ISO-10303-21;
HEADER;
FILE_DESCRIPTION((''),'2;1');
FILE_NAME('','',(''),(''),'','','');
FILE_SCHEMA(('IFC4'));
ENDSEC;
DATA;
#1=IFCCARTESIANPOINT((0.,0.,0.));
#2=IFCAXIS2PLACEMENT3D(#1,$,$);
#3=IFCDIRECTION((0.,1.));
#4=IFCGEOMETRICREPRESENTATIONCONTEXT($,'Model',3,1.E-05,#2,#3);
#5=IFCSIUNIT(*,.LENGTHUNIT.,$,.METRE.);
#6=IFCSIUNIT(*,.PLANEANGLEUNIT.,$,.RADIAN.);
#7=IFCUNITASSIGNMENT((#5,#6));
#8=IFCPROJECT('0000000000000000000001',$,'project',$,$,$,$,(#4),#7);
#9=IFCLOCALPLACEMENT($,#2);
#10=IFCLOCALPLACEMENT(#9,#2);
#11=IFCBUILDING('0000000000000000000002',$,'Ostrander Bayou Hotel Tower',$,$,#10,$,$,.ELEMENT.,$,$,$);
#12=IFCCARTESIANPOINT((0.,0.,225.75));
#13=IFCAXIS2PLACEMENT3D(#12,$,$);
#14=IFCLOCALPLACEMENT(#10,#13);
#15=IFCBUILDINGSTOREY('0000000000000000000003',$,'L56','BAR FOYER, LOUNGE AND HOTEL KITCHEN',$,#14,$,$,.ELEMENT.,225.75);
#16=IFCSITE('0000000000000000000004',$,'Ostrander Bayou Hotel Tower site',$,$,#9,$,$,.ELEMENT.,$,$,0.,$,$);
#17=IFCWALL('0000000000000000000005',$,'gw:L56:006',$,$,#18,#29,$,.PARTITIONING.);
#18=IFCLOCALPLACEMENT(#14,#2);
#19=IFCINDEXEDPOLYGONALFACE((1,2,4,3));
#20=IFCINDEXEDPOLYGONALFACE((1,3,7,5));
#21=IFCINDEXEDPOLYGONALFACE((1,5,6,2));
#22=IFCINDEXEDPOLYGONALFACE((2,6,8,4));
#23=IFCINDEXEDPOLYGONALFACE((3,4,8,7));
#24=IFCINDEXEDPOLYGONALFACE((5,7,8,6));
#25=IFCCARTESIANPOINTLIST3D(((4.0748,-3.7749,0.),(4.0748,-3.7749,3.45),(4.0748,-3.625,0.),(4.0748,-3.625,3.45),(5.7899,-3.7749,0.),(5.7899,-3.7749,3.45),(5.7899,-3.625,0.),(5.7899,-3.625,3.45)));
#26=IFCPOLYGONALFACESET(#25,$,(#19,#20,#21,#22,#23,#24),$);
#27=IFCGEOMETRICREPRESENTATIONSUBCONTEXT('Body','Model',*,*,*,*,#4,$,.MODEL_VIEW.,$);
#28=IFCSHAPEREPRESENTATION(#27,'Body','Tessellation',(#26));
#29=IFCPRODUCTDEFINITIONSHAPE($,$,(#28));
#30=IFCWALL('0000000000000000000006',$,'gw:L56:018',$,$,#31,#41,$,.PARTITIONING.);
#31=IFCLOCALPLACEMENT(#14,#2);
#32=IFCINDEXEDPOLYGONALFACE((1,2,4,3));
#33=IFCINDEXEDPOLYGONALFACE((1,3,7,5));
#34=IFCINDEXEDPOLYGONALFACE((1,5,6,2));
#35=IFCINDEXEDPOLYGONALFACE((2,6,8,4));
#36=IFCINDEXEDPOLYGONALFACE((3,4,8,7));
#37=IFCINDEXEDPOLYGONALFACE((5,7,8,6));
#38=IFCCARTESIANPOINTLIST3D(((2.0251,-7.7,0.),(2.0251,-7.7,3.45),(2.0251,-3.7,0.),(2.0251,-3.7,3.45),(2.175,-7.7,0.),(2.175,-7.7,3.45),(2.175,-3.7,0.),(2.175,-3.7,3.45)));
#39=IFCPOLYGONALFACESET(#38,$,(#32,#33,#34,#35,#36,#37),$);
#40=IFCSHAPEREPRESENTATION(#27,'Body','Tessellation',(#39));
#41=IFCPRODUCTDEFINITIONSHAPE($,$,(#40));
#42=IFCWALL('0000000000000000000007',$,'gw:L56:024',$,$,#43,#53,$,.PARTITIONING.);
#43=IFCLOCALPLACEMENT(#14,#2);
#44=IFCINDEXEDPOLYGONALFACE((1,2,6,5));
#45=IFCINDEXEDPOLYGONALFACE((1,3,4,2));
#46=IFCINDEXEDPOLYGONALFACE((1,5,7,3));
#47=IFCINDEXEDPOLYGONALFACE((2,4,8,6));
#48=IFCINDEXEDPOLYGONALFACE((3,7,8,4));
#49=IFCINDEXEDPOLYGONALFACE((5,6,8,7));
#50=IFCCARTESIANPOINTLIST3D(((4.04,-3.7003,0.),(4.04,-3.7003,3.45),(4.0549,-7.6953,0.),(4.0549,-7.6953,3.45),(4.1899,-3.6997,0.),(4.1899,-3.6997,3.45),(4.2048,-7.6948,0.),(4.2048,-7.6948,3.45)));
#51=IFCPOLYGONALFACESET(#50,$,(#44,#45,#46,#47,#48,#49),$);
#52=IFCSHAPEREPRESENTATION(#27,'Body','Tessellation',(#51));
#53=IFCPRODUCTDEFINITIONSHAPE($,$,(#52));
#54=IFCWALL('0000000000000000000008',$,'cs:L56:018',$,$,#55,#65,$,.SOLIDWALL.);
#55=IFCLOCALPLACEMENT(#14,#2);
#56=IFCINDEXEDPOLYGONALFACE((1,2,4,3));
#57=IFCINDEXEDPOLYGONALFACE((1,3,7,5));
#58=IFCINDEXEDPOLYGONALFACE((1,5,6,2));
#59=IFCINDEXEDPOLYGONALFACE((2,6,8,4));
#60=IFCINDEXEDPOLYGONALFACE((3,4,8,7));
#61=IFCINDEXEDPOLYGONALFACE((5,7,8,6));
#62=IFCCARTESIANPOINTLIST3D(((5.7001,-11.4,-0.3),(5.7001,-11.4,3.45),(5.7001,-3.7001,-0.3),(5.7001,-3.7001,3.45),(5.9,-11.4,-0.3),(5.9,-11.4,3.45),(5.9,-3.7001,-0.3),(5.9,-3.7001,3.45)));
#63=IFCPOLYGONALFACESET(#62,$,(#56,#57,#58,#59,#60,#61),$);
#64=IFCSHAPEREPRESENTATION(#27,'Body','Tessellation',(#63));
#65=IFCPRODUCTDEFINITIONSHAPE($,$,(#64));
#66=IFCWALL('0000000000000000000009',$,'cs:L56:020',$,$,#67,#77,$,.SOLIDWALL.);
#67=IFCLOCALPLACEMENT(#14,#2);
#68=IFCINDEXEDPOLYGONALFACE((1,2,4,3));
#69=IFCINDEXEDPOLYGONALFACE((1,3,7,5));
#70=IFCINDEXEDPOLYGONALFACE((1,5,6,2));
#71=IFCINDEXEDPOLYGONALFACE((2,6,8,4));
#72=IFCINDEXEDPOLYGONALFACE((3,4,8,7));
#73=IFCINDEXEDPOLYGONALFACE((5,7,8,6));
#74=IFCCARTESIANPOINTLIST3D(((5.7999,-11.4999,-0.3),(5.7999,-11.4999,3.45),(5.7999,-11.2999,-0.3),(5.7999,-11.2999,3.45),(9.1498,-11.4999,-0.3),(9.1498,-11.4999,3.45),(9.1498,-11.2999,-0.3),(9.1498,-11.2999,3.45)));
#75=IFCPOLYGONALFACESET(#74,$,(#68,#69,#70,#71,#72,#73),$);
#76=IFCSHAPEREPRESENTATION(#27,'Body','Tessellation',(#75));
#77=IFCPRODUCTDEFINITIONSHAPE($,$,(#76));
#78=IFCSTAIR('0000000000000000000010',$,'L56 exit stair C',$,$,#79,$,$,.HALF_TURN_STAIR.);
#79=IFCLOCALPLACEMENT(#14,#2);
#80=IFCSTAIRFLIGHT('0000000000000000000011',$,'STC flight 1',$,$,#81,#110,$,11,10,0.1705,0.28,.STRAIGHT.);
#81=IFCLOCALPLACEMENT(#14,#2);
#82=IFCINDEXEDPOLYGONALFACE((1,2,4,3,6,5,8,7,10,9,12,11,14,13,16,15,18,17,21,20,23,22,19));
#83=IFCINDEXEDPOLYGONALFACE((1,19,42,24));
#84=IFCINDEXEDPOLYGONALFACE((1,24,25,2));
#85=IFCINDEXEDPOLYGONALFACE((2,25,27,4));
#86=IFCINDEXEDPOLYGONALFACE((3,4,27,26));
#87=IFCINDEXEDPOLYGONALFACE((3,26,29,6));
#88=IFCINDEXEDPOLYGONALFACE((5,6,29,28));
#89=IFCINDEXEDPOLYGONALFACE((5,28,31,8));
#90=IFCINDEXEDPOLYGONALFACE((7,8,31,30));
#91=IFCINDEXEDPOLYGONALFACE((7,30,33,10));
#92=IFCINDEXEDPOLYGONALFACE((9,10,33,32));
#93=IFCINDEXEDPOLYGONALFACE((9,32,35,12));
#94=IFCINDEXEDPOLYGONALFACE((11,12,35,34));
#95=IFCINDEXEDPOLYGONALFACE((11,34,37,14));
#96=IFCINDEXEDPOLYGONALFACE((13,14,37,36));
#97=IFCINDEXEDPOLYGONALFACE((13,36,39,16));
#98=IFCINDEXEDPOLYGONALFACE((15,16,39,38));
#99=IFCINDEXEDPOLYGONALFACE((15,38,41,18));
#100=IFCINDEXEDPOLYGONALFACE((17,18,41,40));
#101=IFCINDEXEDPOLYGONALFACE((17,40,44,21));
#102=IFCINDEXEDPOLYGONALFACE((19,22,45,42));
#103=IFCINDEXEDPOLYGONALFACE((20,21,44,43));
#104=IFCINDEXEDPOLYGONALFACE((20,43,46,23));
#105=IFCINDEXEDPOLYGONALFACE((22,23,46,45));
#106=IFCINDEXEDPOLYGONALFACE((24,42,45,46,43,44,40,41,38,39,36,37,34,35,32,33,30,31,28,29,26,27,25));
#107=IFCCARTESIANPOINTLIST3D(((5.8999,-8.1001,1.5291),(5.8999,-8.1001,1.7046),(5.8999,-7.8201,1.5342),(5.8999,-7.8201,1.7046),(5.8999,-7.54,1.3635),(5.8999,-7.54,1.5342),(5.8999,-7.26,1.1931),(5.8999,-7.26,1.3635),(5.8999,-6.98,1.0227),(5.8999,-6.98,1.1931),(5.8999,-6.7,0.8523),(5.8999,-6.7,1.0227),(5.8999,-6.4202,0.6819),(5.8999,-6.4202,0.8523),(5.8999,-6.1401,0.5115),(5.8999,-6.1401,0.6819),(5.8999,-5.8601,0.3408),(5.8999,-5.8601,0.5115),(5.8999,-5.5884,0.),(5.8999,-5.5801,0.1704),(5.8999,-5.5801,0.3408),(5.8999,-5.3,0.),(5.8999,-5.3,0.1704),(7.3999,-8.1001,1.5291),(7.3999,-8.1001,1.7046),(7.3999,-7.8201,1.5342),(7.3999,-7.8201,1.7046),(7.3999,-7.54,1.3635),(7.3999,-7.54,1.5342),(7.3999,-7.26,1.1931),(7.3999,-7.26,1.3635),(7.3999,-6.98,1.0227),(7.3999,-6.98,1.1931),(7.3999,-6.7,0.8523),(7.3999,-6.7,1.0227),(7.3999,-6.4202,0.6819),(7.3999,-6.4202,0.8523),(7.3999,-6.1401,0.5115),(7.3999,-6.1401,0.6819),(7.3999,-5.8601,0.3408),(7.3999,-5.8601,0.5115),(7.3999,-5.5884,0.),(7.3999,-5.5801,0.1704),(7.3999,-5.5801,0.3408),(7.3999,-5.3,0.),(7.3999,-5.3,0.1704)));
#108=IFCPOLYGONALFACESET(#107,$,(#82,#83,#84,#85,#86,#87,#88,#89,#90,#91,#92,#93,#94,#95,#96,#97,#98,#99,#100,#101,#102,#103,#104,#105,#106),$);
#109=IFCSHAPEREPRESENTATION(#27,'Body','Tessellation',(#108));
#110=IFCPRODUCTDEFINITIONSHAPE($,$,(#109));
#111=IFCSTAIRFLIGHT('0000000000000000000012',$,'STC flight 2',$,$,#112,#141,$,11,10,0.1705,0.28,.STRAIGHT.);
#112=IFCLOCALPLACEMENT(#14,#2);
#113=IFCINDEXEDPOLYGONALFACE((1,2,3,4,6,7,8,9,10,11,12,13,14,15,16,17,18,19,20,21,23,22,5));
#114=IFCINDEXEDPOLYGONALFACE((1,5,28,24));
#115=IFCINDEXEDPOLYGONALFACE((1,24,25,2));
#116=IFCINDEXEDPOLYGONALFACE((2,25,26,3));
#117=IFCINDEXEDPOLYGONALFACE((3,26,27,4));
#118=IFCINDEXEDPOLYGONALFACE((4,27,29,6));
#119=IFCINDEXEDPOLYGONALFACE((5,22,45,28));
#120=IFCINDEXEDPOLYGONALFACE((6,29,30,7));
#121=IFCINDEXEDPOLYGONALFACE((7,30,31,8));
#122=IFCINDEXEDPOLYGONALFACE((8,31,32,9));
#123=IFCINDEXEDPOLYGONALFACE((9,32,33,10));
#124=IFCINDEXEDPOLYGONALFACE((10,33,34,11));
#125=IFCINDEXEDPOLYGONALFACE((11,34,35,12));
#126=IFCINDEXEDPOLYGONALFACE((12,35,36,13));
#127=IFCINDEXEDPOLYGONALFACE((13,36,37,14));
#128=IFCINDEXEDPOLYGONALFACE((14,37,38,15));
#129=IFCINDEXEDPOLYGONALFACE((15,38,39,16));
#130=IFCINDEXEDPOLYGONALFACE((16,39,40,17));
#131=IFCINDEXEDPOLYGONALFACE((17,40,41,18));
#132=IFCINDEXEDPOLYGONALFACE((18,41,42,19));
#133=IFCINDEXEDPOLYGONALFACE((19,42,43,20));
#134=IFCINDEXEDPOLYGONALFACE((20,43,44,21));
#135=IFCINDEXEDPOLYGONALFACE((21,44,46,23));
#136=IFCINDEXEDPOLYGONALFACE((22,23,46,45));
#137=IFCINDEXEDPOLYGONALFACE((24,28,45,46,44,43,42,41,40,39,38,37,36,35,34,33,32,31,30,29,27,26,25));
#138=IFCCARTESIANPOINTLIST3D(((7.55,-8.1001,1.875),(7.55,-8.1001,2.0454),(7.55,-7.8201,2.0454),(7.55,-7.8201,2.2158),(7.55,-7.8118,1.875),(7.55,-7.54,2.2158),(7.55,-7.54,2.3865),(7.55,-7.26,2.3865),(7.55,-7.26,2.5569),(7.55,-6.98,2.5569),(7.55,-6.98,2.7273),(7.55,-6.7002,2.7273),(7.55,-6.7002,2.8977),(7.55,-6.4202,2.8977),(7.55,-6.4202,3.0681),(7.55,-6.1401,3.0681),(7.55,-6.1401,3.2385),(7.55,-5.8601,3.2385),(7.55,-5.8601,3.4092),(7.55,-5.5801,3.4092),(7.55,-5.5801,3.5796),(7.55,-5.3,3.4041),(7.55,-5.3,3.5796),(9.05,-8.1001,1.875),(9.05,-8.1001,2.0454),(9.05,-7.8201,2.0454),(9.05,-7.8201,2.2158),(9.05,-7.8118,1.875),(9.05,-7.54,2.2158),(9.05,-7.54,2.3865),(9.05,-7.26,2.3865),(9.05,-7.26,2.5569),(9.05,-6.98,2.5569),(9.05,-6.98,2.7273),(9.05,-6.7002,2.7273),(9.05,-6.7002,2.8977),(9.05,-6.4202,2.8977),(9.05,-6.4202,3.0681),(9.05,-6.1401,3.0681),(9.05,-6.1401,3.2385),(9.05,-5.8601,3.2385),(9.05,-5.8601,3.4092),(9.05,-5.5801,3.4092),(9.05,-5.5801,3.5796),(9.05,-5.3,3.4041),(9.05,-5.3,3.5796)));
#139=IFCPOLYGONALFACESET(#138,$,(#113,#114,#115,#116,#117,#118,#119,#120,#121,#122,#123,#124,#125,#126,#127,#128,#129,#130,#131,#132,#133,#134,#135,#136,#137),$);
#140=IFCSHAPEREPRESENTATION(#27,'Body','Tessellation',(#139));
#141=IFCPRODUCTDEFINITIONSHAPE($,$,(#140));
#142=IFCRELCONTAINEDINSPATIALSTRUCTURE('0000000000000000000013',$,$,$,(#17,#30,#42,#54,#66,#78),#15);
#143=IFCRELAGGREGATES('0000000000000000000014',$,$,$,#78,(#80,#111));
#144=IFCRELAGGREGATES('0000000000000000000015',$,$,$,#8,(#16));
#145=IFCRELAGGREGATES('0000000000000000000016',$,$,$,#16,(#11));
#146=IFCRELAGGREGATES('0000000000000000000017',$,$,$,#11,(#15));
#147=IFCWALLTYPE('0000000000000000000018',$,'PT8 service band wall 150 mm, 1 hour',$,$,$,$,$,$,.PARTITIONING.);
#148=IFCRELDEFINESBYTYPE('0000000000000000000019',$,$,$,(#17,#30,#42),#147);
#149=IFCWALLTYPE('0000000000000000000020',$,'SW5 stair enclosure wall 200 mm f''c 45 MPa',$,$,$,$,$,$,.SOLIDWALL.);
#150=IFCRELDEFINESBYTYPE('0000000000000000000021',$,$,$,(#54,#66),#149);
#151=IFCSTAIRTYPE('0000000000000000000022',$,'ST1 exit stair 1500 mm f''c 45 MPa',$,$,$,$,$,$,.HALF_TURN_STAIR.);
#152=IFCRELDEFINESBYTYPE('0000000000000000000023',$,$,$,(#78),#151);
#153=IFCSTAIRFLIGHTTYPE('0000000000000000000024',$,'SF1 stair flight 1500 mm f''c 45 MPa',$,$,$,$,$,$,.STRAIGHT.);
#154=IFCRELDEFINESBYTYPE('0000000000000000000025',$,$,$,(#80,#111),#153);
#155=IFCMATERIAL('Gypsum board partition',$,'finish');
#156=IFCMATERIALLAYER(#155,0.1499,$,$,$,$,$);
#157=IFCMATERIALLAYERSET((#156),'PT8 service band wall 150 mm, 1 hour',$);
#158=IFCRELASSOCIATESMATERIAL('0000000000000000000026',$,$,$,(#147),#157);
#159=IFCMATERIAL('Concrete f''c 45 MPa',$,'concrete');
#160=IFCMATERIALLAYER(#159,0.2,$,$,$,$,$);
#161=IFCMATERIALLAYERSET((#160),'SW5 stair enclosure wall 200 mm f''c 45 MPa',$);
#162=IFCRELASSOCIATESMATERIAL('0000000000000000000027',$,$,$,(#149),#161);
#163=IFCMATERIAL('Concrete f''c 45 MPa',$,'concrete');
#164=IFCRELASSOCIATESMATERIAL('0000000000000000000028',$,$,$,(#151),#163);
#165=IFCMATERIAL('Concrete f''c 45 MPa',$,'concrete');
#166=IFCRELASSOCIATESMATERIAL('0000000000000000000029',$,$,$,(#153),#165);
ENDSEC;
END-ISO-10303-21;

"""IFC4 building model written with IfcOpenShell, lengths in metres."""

from ifc_helpers import new_model, si_unit, direction, frame, frame_2d, origin, place, context, subcontext, project, spatial, polyline, rectangle, outline, extrude, material, layer, layer_set, type_object, element, aggregate, save


model = new_model("IFC4")

# Units and contexts
model_context = context("Model", 3, precision=1e-05, world=origin(), true_north=direction((0.0, 1.0)))
body_context = subcontext(model_context, "Body", "Model", "MODEL_VIEW")
ifc_project = project(units=[si_unit("LENGTHUNIT", "METRE"), si_unit("PLANEANGLEUNIT", "RADIAN")], contexts=[model_context])

# Site, building, storey
site_placement = place(None, origin())
site = spatial("IfcSite", under=ifc_project, at=site_placement, Name="Ostrander Bayou Hotel Tower site", CompositionType="ELEMENT", RefElevation=0.0)
building_placement = place(site_placement, origin())
building = spatial("IfcBuilding", under=site, at=building_placement, Name="Ostrander Bayou Hotel Tower", CompositionType="ELEMENT")
storey_placement = place(building_placement, frame((0.0, 0.0, 225.75)))
storey = spatial("IfcBuildingStorey", under=building, at=storey_placement, Name="L56", Description="BAR FOYER, LOUNGE AND HOTEL KITCHEN", CompositionType="ELEMENT", Elevation=225.75)

# Walls
ifc_material_1 = material(Name="Gypsum board partition", Category="finish")
ifc_layer_1 = layer(ifc_material_1, 0.1499)
ifc_layer_set_1 = layer_set([ifc_layer_1], Name="PT8 service band wall 150 mm, 1 hour")
wall_type_1 = type_object("IfcWallType", Name="PT8 service band wall 150 mm, 1 hour", PredefinedType="PARTITIONING", material=ifc_layer_set_1)
wall_1_placement = place(storey_placement, frame((4.075, -3.7, 0.0), z_axis=(0.0, 0.0, 1.0), x_axis=(1.0, 0.0, 0.0)))
element("IfcWall", 1, at=wall_1_placement, inside=storey, type_object=wall_type_1, Name="gw:L56:006", PredefinedType="PARTITIONING", context=body_context, shape_type="SweptSolid", body=[
    extrude(rectangle(XDim=1.7151, YDim=0.1499, at=frame_2d((0.8574, 0.0))), origin(), (0.0, 0.0, 1.0), 3.45),
])
wall_2_placement = place(storey_placement, frame((2.1001, -7.7, 0.0), z_axis=(0.0, 0.0, 1.0), x_axis=(0.0, 1.0, 0.0)))
element("IfcWall", 2, at=wall_2_placement, inside=storey, type_object=wall_type_1, Name="gw:L56:018", PredefinedType="PARTITIONING", context=body_context, shape_type="SweptSolid", body=[
    extrude(rectangle(XDim=4.0, YDim=0.1499, at=frame_2d((2.0, 0.0))), origin(), (0.0, 0.0, 1.0), 3.45),
])
wall_3_placement = place(storey_placement, frame((4.1299, -7.6951, 0.0), z_axis=(0.0, 0.0, 1.0), x_axis=(-0.003728, 0.999993, 0.0)))
element("IfcWall", 3, at=wall_3_placement, inside=storey, type_object=wall_type_1, Name="gw:L56:024", PredefinedType="PARTITIONING", context=body_context, shape_type="SweptSolid", body=[
    extrude(rectangle(XDim=3.9951, YDim=0.1499, at=frame_2d((1.9976, 0.0))), origin(), (0.0, 0.0, 1.0), 3.45),
])

# Shared definitions
ifc_material_2 = material(Name="Concrete f'c 45 MPa", Category="concrete")
ifc_layer_2 = layer(ifc_material_2, 0.2)
ifc_layer_set_2 = layer_set([ifc_layer_2], Name="SW5 stair enclosure wall 200 mm f'c 45 MPa")
wall_type_2 = type_object("IfcWallType", Name="SW5 stair enclosure wall 200 mm f'c 45 MPa", PredefinedType="SOLIDWALL", material=ifc_layer_set_2)

# Walls
wall_4_placement = place(storey_placement, frame((5.8, -3.7, -0.3), z_axis=(0.0, 0.0, 1.0), x_axis=(0.0, -1.0, 0.0)))
element("IfcWall", 4, at=wall_4_placement, inside=storey, type_object=wall_type_2, Name="cs:L56:018", PredefinedType="SOLIDWALL", context=body_context, shape_type="SweptSolid", body=[
    extrude(rectangle(XDim=7.7, YDim=0.2, at=frame_2d((3.8501, 0.0))), origin(), (0.0, 0.0, 1.0), 3.75),
])
wall_5_placement = place(storey_placement, frame((5.8, -11.3999, -0.3), z_axis=(0.0, 0.0, 1.0), x_axis=(1.0, 0.0, 0.0)))
element("IfcWall", 5, at=wall_5_placement, inside=storey, type_object=wall_type_2, Name="cs:L56:020", PredefinedType="SOLIDWALL", context=body_context, shape_type="SweptSolid", body=[
    extrude(rectangle(XDim=3.3499, YDim=0.2, at=frame_2d((1.6748, 0.0))), origin(), (0.0, 0.0, 1.0), 3.75),
])

# Stair, stair flights
ifc_material_3 = material(Name="Concrete f'c 45 MPa", Category="concrete")
stair_type = type_object("IfcStairType", Name="ST1 exit stair 1500 mm f'c 45 MPa", PredefinedType="HALF_TURN_STAIR", material=ifc_material_3)
stair_placement = place(storey_placement, origin())
stair = element("IfcStair", 6, at=stair_placement, inside=storey, type_object=stair_type, Name="L56 exit stair C", PredefinedType="HALF_TURN_STAIR")
ifc_material_4 = material(Name="Concrete f'c 45 MPa", Category="concrete")
stair_flight_type = type_object("IfcStairFlightType", Name="SF1 stair flight 1500 mm f'c 45 MPa", PredefinedType="STRAIGHT", material=ifc_material_4)
stair_flight_1_placement = place(storey_placement, frame((6.6499, -5.3, 0.0), z_axis=(0.0, 0.0, 1.0), x_axis=(0.0, -1.0, 0.0)))
stair_flight_1 = element("IfcStairFlight", 7, at=stair_flight_1_placement, type_object=stair_flight_type, Name="STC flight 1", NumberOfRisers=11, NumberOfTreads=10, PredefinedType="STRAIGHT", RiserHeight=0.1705, TreadLength=0.28, context=body_context, shape_type="SweptSolid", body=[
    extrude(outline(polyline([(0.0, 0.0), (0.0, 0.1704), (0.28, 0.1704), (0.28, 0.3408), (0.5601, 0.3408), (0.5601, 0.5115), (0.8401, 0.5115), (0.8401, 0.6819), (1.1201, 0.6819), (1.1201, 0.8523), (1.3999, 0.8523), (1.3999, 1.0227), (1.6799, 1.0227), (1.6799, 1.1931), (1.96, 1.1931), (1.96, 1.3635), (2.24, 1.3635), (2.24, 1.5342), (2.52, 1.5342), (2.52, 1.7046), (2.8, 1.7046), (2.8, 1.875), (2.8, 1.5291), (0.2883, 0.0), (0.0, 0.0)])), frame((0.0, 0.75, 0.0), z_axis=(0.0, -1.0, 0.0), x_axis=(1.0, 0.0, 0.0)), (0.0, 0.0, 1.0), 1.5),
])
stair_flight_2_placement = place(storey_placement, frame((8.3, -8.1001, 1.875), z_axis=(0.0, 0.0, 1.0), x_axis=(0.0, 1.0, 0.0)))
stair_flight_2 = element("IfcStairFlight", 8, at=stair_flight_2_placement, type_object=stair_flight_type, Name="STC flight 2", NumberOfRisers=11, NumberOfTreads=10, PredefinedType="STRAIGHT", RiserHeight=0.1705, TreadLength=0.28, context=body_context, shape_type="SweptSolid", body=[
    extrude(outline(polyline([(0.0, 0.0), (0.0, 0.1704), (0.28, 0.1704), (0.28, 0.3408), (0.5601, 0.3408), (0.5601, 0.5115), (0.8401, 0.5115), (0.8401, 0.6819), (1.1201, 0.6819), (1.1201, 0.8523), (1.3999, 0.8523), (1.3999, 1.0227), (1.6799, 1.0227), (1.6799, 1.1931), (1.96, 1.1931), (1.96, 1.3635), (2.24, 1.3635), (2.24, 1.5342), (2.52, 1.5342), (2.52, 1.7046), (2.8, 1.7046), (2.8, 1.875), (2.8, 1.5291), (0.2883, 0.0), (0.0, 0.0)])), frame((0.0, 0.75, 0.0), z_axis=(0.0, -1.0, 0.0), x_axis=(1.0, 0.0, 0.0)), (0.0, 0.0, 1.0), 1.5),
])
aggregate(stair, [stair_flight_1, stair_flight_2])

save(model, "model.ifc")
